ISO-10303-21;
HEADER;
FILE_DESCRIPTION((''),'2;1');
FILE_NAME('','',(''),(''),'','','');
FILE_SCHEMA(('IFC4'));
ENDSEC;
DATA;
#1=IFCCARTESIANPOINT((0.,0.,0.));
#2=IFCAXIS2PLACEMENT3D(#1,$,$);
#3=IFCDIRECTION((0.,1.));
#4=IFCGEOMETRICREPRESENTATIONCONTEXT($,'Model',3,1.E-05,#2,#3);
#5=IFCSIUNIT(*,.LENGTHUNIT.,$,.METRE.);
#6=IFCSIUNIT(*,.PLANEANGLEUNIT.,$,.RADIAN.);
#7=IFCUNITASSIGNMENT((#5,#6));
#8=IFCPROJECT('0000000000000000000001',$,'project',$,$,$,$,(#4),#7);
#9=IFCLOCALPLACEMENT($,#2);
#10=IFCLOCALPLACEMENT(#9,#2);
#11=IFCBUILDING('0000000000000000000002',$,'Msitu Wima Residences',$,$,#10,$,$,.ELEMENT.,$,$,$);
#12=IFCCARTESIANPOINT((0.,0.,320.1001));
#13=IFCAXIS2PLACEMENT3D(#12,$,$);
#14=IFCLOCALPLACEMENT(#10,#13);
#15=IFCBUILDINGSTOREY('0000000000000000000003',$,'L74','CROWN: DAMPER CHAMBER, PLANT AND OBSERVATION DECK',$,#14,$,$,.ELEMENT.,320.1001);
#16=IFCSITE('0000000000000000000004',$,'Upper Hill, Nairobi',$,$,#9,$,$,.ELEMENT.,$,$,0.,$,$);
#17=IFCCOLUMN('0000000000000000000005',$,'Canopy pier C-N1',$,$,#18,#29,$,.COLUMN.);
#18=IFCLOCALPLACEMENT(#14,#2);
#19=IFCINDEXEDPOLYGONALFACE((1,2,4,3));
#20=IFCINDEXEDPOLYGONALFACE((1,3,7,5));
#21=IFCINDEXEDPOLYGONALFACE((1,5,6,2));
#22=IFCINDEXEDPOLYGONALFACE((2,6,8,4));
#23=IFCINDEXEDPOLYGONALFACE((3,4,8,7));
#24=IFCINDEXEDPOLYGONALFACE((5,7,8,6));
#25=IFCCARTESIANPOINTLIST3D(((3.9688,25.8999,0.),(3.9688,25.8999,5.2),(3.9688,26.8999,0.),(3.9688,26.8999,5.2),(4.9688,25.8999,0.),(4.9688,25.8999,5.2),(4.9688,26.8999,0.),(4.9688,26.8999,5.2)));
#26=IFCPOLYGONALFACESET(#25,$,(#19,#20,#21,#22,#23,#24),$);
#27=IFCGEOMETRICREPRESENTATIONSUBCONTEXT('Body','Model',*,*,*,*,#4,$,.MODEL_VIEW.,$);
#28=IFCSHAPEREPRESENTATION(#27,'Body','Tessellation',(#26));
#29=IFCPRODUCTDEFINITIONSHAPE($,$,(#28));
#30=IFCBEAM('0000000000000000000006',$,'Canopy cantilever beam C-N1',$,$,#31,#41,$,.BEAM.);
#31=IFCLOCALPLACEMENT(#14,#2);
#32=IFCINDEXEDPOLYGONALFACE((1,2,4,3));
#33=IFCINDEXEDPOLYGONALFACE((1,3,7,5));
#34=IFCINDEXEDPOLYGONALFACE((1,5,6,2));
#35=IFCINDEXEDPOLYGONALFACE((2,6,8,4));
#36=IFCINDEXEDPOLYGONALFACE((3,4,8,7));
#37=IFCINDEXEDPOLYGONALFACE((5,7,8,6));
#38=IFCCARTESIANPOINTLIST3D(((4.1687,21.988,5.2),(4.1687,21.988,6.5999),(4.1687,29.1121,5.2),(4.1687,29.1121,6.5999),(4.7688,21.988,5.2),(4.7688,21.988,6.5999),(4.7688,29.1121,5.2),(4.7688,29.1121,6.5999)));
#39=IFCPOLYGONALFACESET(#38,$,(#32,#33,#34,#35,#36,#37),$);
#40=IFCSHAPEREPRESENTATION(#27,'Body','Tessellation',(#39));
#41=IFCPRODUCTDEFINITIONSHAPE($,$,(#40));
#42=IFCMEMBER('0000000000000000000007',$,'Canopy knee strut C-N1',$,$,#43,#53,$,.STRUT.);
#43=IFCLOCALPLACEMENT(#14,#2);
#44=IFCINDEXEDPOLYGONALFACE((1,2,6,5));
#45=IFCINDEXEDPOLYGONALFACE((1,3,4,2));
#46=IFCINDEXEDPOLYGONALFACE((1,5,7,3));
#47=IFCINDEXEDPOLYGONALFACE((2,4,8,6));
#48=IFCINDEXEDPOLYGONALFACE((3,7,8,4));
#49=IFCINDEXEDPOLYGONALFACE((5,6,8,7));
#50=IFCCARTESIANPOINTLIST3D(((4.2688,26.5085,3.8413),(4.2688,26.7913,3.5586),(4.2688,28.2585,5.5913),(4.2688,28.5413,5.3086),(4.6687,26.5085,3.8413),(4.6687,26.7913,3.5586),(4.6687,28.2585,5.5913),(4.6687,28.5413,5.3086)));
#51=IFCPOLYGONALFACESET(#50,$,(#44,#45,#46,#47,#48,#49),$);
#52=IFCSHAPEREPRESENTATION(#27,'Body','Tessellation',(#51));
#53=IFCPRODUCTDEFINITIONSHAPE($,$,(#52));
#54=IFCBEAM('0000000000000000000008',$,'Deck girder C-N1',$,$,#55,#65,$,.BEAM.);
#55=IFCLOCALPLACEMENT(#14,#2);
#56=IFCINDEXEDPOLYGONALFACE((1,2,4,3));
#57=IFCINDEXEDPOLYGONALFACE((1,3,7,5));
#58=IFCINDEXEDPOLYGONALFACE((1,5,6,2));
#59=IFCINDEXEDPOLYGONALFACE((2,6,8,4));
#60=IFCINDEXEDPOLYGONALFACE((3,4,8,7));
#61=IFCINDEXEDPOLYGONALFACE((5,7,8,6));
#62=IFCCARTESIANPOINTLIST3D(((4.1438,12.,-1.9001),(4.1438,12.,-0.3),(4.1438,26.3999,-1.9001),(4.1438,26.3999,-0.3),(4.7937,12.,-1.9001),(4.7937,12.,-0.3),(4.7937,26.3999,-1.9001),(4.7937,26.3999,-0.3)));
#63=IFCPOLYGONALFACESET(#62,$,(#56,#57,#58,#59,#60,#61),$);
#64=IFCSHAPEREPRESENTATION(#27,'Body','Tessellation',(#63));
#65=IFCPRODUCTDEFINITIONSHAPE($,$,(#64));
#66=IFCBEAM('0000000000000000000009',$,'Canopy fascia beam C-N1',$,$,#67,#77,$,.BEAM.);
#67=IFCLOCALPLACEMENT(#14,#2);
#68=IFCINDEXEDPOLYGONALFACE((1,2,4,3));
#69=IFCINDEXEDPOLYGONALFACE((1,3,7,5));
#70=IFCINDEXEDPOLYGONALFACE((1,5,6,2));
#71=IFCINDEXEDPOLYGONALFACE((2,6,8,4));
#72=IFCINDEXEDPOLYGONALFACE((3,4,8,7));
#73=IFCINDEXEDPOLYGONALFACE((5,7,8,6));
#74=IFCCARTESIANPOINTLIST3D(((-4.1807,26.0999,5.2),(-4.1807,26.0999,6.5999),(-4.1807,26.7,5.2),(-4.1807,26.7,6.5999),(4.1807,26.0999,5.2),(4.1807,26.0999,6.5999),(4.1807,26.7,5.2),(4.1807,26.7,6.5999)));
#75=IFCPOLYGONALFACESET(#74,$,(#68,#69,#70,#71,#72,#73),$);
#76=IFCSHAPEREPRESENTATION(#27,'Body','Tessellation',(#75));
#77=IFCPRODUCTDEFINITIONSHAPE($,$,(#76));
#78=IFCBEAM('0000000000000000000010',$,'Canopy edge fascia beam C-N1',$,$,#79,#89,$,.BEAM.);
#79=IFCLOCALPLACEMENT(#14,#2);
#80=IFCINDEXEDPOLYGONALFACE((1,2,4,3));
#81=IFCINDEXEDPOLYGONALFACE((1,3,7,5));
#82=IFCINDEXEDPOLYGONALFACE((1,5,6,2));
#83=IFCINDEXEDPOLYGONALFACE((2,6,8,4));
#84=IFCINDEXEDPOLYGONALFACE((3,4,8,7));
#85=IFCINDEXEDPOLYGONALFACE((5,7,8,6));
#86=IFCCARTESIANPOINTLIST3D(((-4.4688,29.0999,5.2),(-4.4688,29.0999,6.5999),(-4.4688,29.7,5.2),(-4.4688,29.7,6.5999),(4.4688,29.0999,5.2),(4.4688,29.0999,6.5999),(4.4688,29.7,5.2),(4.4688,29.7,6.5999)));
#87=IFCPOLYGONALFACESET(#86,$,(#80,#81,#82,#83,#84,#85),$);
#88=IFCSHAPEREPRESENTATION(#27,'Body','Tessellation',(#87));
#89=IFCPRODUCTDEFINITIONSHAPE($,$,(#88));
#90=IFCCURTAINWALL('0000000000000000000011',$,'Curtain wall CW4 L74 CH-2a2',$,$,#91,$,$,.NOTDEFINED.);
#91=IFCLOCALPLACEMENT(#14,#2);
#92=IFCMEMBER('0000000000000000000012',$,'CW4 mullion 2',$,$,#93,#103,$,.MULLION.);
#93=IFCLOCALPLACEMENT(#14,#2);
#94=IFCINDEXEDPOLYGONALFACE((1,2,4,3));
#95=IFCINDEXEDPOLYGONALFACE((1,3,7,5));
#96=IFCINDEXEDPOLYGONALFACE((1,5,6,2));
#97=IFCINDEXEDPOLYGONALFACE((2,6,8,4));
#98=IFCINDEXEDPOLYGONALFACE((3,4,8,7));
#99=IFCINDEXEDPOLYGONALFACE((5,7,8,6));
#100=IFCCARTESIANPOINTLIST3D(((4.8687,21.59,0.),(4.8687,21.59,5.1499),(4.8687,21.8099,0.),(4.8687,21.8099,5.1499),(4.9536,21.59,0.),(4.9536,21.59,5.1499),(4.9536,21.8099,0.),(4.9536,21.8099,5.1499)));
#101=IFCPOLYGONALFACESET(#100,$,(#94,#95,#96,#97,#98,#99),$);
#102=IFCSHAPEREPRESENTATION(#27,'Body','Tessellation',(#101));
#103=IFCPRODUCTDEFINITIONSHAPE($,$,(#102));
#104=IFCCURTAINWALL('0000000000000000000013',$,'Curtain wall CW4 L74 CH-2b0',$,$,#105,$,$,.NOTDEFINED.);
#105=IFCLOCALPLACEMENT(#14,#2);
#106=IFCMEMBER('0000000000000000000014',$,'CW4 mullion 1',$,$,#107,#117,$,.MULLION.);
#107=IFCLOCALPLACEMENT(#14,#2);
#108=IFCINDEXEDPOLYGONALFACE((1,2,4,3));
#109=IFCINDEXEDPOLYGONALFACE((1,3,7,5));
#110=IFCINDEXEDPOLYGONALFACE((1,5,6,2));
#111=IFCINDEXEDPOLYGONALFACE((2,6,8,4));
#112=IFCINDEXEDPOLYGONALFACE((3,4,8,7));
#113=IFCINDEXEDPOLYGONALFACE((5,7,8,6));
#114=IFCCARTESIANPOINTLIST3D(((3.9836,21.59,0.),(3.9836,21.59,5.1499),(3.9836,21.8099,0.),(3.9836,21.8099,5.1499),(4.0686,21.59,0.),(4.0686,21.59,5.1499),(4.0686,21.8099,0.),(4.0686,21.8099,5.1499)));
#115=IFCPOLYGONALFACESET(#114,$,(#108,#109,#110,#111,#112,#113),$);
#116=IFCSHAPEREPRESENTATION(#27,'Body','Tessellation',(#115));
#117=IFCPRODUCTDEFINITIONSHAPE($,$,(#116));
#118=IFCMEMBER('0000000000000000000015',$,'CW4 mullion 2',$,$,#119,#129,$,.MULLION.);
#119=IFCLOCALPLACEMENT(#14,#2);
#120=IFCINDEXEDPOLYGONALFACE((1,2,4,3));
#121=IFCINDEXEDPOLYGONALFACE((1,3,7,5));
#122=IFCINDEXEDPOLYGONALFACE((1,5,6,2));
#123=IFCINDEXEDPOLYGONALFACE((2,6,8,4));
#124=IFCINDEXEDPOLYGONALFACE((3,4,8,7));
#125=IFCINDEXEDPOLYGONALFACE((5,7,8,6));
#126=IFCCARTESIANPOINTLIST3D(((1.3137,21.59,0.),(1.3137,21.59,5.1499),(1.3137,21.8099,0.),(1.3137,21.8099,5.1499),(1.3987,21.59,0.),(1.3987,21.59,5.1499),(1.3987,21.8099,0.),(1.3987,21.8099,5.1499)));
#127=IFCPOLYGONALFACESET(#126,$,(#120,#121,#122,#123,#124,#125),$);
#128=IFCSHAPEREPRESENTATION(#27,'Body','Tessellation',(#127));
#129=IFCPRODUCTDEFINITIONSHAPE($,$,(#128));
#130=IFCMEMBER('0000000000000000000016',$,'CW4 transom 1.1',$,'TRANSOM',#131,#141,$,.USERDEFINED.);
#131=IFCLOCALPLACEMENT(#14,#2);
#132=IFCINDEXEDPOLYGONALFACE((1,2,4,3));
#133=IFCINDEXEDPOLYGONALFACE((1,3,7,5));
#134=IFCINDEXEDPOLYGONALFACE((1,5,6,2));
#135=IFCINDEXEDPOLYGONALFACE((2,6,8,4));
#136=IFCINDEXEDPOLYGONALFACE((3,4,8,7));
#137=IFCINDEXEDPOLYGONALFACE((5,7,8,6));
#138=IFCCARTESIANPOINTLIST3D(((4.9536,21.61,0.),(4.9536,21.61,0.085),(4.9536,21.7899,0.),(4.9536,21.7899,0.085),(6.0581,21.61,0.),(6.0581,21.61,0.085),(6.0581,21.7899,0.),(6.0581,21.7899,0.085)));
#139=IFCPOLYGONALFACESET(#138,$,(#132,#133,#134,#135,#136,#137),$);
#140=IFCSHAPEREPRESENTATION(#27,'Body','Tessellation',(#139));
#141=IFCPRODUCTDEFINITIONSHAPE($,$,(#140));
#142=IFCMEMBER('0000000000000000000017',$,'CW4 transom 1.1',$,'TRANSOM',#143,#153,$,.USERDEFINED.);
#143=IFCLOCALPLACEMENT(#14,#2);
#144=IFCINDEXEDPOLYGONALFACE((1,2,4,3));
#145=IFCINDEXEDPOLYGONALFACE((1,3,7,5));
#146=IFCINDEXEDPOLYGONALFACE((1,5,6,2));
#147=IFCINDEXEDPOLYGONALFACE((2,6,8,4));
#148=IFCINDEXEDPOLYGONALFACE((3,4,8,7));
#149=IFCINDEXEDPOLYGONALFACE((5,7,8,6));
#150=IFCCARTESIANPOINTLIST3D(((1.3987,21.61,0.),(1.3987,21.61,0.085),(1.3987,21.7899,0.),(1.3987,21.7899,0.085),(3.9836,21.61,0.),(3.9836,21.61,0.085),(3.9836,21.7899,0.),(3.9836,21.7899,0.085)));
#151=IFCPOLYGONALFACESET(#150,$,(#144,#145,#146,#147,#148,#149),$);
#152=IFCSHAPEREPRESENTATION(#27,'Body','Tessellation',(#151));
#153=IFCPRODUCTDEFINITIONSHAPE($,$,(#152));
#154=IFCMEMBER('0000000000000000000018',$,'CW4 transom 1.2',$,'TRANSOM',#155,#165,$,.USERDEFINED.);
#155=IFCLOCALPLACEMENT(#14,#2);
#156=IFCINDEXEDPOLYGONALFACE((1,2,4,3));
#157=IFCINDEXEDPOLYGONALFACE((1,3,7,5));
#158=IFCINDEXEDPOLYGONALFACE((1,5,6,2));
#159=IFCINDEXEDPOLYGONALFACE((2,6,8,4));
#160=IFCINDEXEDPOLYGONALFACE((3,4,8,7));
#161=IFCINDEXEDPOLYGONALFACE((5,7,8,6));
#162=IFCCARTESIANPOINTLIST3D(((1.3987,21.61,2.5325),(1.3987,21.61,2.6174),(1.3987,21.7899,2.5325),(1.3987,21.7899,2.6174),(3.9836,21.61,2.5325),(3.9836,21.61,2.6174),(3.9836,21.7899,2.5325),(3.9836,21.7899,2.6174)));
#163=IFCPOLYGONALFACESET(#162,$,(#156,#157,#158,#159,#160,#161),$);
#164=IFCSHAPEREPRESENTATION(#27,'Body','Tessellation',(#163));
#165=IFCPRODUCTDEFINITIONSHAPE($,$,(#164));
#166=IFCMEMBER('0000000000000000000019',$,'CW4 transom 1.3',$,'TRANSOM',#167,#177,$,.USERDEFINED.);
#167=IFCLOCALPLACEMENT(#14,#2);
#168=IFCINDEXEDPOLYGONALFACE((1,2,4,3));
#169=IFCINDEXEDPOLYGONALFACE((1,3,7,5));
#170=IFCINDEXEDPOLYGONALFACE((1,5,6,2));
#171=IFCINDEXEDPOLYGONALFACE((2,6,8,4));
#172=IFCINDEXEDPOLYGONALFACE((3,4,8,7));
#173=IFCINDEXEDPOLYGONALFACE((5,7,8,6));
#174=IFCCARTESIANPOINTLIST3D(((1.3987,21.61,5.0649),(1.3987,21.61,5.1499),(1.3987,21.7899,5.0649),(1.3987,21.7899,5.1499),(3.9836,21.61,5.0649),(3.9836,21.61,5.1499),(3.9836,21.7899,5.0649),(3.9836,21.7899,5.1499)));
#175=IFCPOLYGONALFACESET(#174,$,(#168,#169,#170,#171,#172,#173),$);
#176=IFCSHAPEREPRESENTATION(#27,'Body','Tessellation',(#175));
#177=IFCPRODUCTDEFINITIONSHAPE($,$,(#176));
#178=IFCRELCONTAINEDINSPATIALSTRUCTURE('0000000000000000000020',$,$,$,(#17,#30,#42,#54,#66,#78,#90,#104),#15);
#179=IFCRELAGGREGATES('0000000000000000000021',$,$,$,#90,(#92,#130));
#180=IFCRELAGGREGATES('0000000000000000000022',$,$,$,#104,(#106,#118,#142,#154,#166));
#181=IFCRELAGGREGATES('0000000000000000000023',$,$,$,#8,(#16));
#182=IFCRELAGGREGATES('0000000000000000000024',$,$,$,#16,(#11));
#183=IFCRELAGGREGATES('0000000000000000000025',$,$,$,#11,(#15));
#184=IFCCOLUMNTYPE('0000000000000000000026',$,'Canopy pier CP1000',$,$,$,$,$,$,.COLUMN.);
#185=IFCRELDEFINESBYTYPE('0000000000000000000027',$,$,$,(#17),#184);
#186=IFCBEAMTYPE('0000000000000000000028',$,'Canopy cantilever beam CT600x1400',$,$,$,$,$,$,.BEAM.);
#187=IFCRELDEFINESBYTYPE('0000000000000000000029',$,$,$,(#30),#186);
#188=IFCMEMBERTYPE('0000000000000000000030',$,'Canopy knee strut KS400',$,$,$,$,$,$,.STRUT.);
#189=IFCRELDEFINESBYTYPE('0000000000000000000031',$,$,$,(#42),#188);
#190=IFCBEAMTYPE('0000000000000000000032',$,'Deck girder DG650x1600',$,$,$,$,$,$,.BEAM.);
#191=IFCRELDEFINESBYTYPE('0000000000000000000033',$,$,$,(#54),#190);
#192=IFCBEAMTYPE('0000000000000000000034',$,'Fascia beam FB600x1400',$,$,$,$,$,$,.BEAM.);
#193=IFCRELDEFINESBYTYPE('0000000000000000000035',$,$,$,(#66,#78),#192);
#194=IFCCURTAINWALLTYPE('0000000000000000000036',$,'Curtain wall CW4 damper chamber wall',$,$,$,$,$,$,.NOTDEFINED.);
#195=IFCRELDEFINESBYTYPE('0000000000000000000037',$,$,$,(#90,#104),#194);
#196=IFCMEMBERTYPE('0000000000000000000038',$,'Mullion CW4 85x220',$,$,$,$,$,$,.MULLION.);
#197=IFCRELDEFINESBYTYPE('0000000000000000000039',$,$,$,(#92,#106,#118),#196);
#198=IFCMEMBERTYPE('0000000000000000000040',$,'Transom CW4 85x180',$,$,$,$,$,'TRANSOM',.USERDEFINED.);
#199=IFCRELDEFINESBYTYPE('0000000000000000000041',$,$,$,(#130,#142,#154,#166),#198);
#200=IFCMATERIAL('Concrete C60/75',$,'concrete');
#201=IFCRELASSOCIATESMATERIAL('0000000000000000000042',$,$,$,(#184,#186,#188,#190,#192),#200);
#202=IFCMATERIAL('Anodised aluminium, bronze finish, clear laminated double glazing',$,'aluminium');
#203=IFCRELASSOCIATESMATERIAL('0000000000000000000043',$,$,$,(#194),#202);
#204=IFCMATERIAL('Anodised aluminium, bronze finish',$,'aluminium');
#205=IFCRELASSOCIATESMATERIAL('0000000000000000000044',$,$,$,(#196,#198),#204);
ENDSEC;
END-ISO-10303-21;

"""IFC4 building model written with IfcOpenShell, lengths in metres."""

from ifc_helpers import new_model, si_unit, direction, frame, origin, origin_2d, place, context, subcontext, project, spatial, rectangle, extrude, material, material_profile, profile_set, type_object, element, aggregate, save


model = new_model("IFC4")

# Units and contexts
model_context = context("Model", 3, precision=1e-05, world=origin(), true_north=direction((0.0, 1.0)))
body_context = subcontext(model_context, "Body", "Model", "MODEL_VIEW")
ifc_project = project(units=[si_unit("LENGTHUNIT", "METRE"), si_unit("PLANEANGLEUNIT", "RADIAN")], contexts=[model_context])

# Site, building, storey
site_placement = place(None, origin())
site = spatial("IfcSite", under=ifc_project, at=site_placement, Name="Upper Hill, Nairobi", CompositionType="ELEMENT", RefElevation=0.0)
building_placement = place(site_placement, origin())
building = spatial("IfcBuilding", under=site, at=building_placement, Name="Msitu Wima Residences", CompositionType="ELEMENT")
storey_placement = place(building_placement, frame((0.0, 0.0, 320.1001)))
storey = spatial("IfcBuildingStorey", under=building, at=storey_placement, Name="L74", Description="CROWN: DAMPER CHAMBER, PLANT AND OBSERVATION DECK", CompositionType="ELEMENT", Elevation=320.1001)

# Column
ifc_material_1 = material(Name="Concrete C60/75", Category="concrete")
ifc_material_profile_1 = material_profile(ifc_material_1, rectangle(XDim=1.0, YDim=1.0, at=origin_2d()), Name="RC 1000x1000")
ifc_profile_set_1 = profile_set([ifc_material_profile_1], Name="Concrete C60/75")
column_type = type_object("IfcColumnType", Name="Canopy pier CP1000", PredefinedType="COLUMN", material=ifc_profile_set_1)
column_placement = place(storey_placement, frame((4.4688, 26.3999, 0.0), z_axis=(0.0, 0.0, 1.0), x_axis=(1.0, 0.0, 0.0)))
element("IfcColumn", 1, at=column_placement, inside=storey, type_object=column_type, Name="Canopy pier C-N1", PredefinedType="COLUMN", context=body_context, shape_type="SweptSolid", body=[
    extrude(rectangle(XDim=1.0, YDim=1.0, at=origin_2d()), origin(), (0.0, 0.0, 1.0), 5.2),
])

# Beam
ifc_material_profile_2 = material_profile(ifc_material_1, rectangle(XDim=0.6001, YDim=1.3999, at=origin_2d()), Name="RC 600x1400")
ifc_profile_set_2 = profile_set([ifc_material_profile_2], Name="Concrete C60/75")
beam_type_1 = type_object("IfcBeamType", Name="Canopy cantilever beam CT600x1400", PredefinedType="BEAM", material=ifc_profile_set_2)
beam_1_placement = place(storey_placement, frame((4.4688, 21.988, 5.8999), z_axis=(0.0, 1.0, 0.0), x_axis=(-1.0, 0.0, 0.0)))
element("IfcBeam", 2, at=beam_1_placement, inside=storey, type_object=beam_type_1, Name="Canopy cantilever beam C-N1", PredefinedType="BEAM", context=body_context, shape_type="SweptSolid", body=[
    extrude(rectangle(XDim=0.6001, YDim=1.3999, at=origin_2d()), origin(), (0.0, 0.0, 1.0), 7.124),
])

# Member
ifc_material_profile_3 = material_profile(ifc_material_1, rectangle(XDim=0.3999, YDim=0.3999, at=origin_2d()), Name="RC 400x400")
ifc_profile_set_3 = profile_set([ifc_material_profile_3], Name="Concrete C60/75")
member_type_1 = type_object("IfcMemberType", Name="Canopy knee strut KS400", PredefinedType="STRUT", material=ifc_profile_set_3)
member_1_placement = place(storey_placement, frame((4.4688, 26.6499, 3.7), z_axis=(0.0, 0.707107, 0.707107), x_axis=(-1.0, 0.0, 0.0)))
element("IfcMember", 3, at=member_1_placement, inside=storey, type_object=member_type_1, Name="Canopy knee strut C-N1", PredefinedType="STRUT", context=body_context, shape_type="SweptSolid", body=[
    extrude(rectangle(XDim=0.3999, YDim=0.3999, at=origin_2d()), origin(), (0.0, 0.0, 1.0), 2.4749),
])

# Beams
ifc_material_profile_4 = material_profile(ifc_material_1, rectangle(XDim=0.6499, YDim=1.6001, at=origin_2d()), Name="RC 650x1600")
ifc_profile_set_4 = profile_set([ifc_material_profile_4], Name="Concrete C60/75")
beam_type_2 = type_object("IfcBeamType", Name="Deck girder DG650x1600", PredefinedType="BEAM", material=ifc_profile_set_4)
beam_2_placement = place(storey_placement, frame((4.4688, 26.3999, -1.1001), z_axis=(0.0, -1.0, 0.0), x_axis=(1.0, 0.0, 0.0)))
element("IfcBeam", 4, at=beam_2_placement, inside=storey, type_object=beam_type_2, Name="Deck girder C-N1", PredefinedType="BEAM", context=body_context, shape_type="SweptSolid", body=[
    extrude(rectangle(XDim=0.6499, YDim=1.6001, at=origin_2d()), origin(), (0.0, 0.0, 1.0), 14.3999),
])
ifc_material_profile_5 = material_profile(ifc_material_1, rectangle(XDim=0.6001, YDim=1.3999, at=origin_2d()), Name="RC 600x1400")
ifc_profile_set_5 = profile_set([ifc_material_profile_5], Name="Concrete C60/75")
beam_type_3 = type_object("IfcBeamType", Name="Fascia beam FB600x1400", PredefinedType="BEAM", material=ifc_profile_set_5)
beam_3_placement = place(storey_placement, frame((4.1807, 26.3999, 5.8999), z_axis=(-1.0, 0.0, 0.0), x_axis=(0.0, -1.0, 0.0)))
element("IfcBeam", 5, at=beam_3_placement, inside=storey, type_object=beam_type_3, Name="Canopy fascia beam C-N1", PredefinedType="BEAM", context=body_context, shape_type="SweptSolid", body=[
    extrude(rectangle(XDim=0.6001, YDim=1.3999, at=origin_2d()), origin(), (0.0, 0.0, 1.0), 8.3613),
])
beam_4_placement = place(storey_placement, frame((4.4688, 29.3999, 5.8999), z_axis=(-1.0, 0.0, 0.0), x_axis=(0.0, -1.0, 0.0)))
element("IfcBeam", 6, at=beam_4_placement, inside=storey, type_object=beam_type_3, Name="Canopy edge fascia beam C-N1", PredefinedType="BEAM", context=body_context, shape_type="SweptSolid", body=[
    extrude(rectangle(XDim=0.6001, YDim=1.3999, at=origin_2d()), origin(), (0.0, 0.0, 1.0), 8.9375),
])

# Curtain wall, member
ifc_material_2 = material(Name="Anodised aluminium, bronze finish, clear laminated double glazing", Category="aluminium")
curtain_wall_type = type_object("IfcCurtainWallType", Name="Curtain wall CW4 damper chamber wall", PredefinedType="NOTDEFINED", material=ifc_material_2)
curtain_wall_1_placement = place(storey_placement, origin())
curtain_wall_1 = element("IfcCurtainWall", 7, at=curtain_wall_1_placement, inside=storey, type_object=curtain_wall_type, Name="Curtain wall CW4 L74 CH-2a2", PredefinedType="NOTDEFINED")
ifc_material_3 = material(Name="Anodised aluminium, bronze finish", Category="aluminium")
ifc_material_profile_6 = material_profile(ifc_material_3, rectangle(XDim=0.22, YDim=0.085, at=origin_2d()), Name="Mullion 85x220")
ifc_profile_set_6 = profile_set([ifc_material_profile_6], Name="Anodised aluminium, bronze finish")
member_type_2 = type_object("IfcMemberType", Name="Mullion CW4 85x220", PredefinedType="MULLION", material=ifc_profile_set_6)
member_2_placement = place(storey_placement, frame((4.9111, 21.7, 0.0), z_axis=(0.0, 0.0, 1.0), x_axis=(0.0, -1.0, 0.0)))
member_2 = element("IfcMember", 8, at=member_2_placement, type_object=member_type_2, Name="CW4 mullion 2", PredefinedType="MULLION", context=body_context, shape_type="SweptSolid", body=[
    extrude(rectangle(XDim=0.22, YDim=0.085, at=origin_2d()), origin(), (0.0, 0.0, 1.0), 5.1499),
])

# Curtain wall, members
curtain_wall_2_placement = place(storey_placement, origin())
curtain_wall_2 = element("IfcCurtainWall", 9, at=curtain_wall_2_placement, inside=storey, type_object=curtain_wall_type, Name="Curtain wall CW4 L74 CH-2b0", PredefinedType="NOTDEFINED")
member_3_placement = place(storey_placement, frame((4.0261, 21.7, 0.0), z_axis=(0.0, 0.0, 1.0), x_axis=(0.0, -1.0, 0.0)))
member_3 = element("IfcMember", 10, at=member_3_placement, type_object=member_type_2, Name="CW4 mullion 1", PredefinedType="MULLION", context=body_context, shape_type="SweptSolid", body=[
    extrude(rectangle(XDim=0.22, YDim=0.085, at=origin_2d()), origin(), (0.0, 0.0, 1.0), 5.1499),
])
member_4_placement = place(storey_placement, frame((1.3562, 21.7, 0.0), z_axis=(0.0, 0.0, 1.0), x_axis=(0.0, -1.0, 0.0)))
member_4 = element("IfcMember", 11, at=member_4_placement, type_object=member_type_2, Name="CW4 mullion 2", PredefinedType="MULLION", context=body_context, shape_type="SweptSolid", body=[
    extrude(rectangle(XDim=0.22, YDim=0.085, at=origin_2d()), origin(), (0.0, 0.0, 1.0), 5.1499),
])

# Members
ifc_material_profile_7 = material_profile(ifc_material_3, rectangle(XDim=0.1799, YDim=0.085, at=origin_2d()), Name="Transom 85x180")
ifc_profile_set_7 = profile_set([ifc_material_profile_7], Name="Anodised aluminium, bronze finish")
member_type_3 = type_object("IfcMemberType", Name="Transom CW4 85x180", ElementType="TRANSOM", PredefinedType="USERDEFINED", material=ifc_profile_set_7)
member_5_placement = place(storey_placement, frame((6.0581, 21.7, 0.0425), z_axis=(-1.0, 0.0, 0.0), x_axis=(0.0, -1.0, 0.0)))
member_5 = element("IfcMember", 12, at=member_5_placement, type_object=member_type_3, Name="CW4 transom 1.1", ObjectType="TRANSOM", PredefinedType="USERDEFINED", context=body_context, shape_type="SweptSolid", body=[
    extrude(rectangle(XDim=0.1799, YDim=0.085, at=origin_2d()), origin(), (0.0, 0.0, 1.0), 1.1045),
])
member_6_placement = place(storey_placement, frame((3.9836, 21.7, 0.0425), z_axis=(-1.0, 0.0, 0.0), x_axis=(0.0, -1.0, 0.0)))
member_6 = element("IfcMember", 13, at=member_6_placement, type_object=member_type_3, Name="CW4 transom 1.1", ObjectType="TRANSOM", PredefinedType="USERDEFINED", context=body_context, shape_type="SweptSolid", body=[
    extrude(rectangle(XDim=0.1799, YDim=0.085, at=origin_2d()), origin(), (0.0, 0.0, 1.0), 2.585),
])
member_7_placement = place(storey_placement, frame((3.9836, 21.7, 2.575), z_axis=(-1.0, 0.0, 0.0), x_axis=(0.0, -1.0, 0.0)))
member_7 = element("IfcMember", 14, at=member_7_placement, type_object=member_type_3, Name="CW4 transom 1.2", ObjectType="TRANSOM", PredefinedType="USERDEFINED", context=body_context, shape_type="SweptSolid", body=[
    extrude(rectangle(XDim=0.1799, YDim=0.085, at=origin_2d()), origin(), (0.0, 0.0, 1.0), 2.585),
])
member_8_placement = place(storey_placement, frame((3.9836, 21.7, 5.1074), z_axis=(-1.0, 0.0, 0.0), x_axis=(0.0, -1.0, 0.0)))
member_8 = element("IfcMember", 15, at=member_8_placement, type_object=member_type_3, Name="CW4 transom 1.3", ObjectType="TRANSOM", PredefinedType="USERDEFINED", context=body_context, shape_type="SweptSolid", body=[
    extrude(rectangle(XDim=0.1799, YDim=0.085, at=origin_2d()), origin(), (0.0, 0.0, 1.0), 2.585),
])

aggregate(curtain_wall_1, [member_2, member_5])
aggregate(curtain_wall_2, [member_3, member_4, member_6, member_7, member_8])

save(model, "model.ifc")
